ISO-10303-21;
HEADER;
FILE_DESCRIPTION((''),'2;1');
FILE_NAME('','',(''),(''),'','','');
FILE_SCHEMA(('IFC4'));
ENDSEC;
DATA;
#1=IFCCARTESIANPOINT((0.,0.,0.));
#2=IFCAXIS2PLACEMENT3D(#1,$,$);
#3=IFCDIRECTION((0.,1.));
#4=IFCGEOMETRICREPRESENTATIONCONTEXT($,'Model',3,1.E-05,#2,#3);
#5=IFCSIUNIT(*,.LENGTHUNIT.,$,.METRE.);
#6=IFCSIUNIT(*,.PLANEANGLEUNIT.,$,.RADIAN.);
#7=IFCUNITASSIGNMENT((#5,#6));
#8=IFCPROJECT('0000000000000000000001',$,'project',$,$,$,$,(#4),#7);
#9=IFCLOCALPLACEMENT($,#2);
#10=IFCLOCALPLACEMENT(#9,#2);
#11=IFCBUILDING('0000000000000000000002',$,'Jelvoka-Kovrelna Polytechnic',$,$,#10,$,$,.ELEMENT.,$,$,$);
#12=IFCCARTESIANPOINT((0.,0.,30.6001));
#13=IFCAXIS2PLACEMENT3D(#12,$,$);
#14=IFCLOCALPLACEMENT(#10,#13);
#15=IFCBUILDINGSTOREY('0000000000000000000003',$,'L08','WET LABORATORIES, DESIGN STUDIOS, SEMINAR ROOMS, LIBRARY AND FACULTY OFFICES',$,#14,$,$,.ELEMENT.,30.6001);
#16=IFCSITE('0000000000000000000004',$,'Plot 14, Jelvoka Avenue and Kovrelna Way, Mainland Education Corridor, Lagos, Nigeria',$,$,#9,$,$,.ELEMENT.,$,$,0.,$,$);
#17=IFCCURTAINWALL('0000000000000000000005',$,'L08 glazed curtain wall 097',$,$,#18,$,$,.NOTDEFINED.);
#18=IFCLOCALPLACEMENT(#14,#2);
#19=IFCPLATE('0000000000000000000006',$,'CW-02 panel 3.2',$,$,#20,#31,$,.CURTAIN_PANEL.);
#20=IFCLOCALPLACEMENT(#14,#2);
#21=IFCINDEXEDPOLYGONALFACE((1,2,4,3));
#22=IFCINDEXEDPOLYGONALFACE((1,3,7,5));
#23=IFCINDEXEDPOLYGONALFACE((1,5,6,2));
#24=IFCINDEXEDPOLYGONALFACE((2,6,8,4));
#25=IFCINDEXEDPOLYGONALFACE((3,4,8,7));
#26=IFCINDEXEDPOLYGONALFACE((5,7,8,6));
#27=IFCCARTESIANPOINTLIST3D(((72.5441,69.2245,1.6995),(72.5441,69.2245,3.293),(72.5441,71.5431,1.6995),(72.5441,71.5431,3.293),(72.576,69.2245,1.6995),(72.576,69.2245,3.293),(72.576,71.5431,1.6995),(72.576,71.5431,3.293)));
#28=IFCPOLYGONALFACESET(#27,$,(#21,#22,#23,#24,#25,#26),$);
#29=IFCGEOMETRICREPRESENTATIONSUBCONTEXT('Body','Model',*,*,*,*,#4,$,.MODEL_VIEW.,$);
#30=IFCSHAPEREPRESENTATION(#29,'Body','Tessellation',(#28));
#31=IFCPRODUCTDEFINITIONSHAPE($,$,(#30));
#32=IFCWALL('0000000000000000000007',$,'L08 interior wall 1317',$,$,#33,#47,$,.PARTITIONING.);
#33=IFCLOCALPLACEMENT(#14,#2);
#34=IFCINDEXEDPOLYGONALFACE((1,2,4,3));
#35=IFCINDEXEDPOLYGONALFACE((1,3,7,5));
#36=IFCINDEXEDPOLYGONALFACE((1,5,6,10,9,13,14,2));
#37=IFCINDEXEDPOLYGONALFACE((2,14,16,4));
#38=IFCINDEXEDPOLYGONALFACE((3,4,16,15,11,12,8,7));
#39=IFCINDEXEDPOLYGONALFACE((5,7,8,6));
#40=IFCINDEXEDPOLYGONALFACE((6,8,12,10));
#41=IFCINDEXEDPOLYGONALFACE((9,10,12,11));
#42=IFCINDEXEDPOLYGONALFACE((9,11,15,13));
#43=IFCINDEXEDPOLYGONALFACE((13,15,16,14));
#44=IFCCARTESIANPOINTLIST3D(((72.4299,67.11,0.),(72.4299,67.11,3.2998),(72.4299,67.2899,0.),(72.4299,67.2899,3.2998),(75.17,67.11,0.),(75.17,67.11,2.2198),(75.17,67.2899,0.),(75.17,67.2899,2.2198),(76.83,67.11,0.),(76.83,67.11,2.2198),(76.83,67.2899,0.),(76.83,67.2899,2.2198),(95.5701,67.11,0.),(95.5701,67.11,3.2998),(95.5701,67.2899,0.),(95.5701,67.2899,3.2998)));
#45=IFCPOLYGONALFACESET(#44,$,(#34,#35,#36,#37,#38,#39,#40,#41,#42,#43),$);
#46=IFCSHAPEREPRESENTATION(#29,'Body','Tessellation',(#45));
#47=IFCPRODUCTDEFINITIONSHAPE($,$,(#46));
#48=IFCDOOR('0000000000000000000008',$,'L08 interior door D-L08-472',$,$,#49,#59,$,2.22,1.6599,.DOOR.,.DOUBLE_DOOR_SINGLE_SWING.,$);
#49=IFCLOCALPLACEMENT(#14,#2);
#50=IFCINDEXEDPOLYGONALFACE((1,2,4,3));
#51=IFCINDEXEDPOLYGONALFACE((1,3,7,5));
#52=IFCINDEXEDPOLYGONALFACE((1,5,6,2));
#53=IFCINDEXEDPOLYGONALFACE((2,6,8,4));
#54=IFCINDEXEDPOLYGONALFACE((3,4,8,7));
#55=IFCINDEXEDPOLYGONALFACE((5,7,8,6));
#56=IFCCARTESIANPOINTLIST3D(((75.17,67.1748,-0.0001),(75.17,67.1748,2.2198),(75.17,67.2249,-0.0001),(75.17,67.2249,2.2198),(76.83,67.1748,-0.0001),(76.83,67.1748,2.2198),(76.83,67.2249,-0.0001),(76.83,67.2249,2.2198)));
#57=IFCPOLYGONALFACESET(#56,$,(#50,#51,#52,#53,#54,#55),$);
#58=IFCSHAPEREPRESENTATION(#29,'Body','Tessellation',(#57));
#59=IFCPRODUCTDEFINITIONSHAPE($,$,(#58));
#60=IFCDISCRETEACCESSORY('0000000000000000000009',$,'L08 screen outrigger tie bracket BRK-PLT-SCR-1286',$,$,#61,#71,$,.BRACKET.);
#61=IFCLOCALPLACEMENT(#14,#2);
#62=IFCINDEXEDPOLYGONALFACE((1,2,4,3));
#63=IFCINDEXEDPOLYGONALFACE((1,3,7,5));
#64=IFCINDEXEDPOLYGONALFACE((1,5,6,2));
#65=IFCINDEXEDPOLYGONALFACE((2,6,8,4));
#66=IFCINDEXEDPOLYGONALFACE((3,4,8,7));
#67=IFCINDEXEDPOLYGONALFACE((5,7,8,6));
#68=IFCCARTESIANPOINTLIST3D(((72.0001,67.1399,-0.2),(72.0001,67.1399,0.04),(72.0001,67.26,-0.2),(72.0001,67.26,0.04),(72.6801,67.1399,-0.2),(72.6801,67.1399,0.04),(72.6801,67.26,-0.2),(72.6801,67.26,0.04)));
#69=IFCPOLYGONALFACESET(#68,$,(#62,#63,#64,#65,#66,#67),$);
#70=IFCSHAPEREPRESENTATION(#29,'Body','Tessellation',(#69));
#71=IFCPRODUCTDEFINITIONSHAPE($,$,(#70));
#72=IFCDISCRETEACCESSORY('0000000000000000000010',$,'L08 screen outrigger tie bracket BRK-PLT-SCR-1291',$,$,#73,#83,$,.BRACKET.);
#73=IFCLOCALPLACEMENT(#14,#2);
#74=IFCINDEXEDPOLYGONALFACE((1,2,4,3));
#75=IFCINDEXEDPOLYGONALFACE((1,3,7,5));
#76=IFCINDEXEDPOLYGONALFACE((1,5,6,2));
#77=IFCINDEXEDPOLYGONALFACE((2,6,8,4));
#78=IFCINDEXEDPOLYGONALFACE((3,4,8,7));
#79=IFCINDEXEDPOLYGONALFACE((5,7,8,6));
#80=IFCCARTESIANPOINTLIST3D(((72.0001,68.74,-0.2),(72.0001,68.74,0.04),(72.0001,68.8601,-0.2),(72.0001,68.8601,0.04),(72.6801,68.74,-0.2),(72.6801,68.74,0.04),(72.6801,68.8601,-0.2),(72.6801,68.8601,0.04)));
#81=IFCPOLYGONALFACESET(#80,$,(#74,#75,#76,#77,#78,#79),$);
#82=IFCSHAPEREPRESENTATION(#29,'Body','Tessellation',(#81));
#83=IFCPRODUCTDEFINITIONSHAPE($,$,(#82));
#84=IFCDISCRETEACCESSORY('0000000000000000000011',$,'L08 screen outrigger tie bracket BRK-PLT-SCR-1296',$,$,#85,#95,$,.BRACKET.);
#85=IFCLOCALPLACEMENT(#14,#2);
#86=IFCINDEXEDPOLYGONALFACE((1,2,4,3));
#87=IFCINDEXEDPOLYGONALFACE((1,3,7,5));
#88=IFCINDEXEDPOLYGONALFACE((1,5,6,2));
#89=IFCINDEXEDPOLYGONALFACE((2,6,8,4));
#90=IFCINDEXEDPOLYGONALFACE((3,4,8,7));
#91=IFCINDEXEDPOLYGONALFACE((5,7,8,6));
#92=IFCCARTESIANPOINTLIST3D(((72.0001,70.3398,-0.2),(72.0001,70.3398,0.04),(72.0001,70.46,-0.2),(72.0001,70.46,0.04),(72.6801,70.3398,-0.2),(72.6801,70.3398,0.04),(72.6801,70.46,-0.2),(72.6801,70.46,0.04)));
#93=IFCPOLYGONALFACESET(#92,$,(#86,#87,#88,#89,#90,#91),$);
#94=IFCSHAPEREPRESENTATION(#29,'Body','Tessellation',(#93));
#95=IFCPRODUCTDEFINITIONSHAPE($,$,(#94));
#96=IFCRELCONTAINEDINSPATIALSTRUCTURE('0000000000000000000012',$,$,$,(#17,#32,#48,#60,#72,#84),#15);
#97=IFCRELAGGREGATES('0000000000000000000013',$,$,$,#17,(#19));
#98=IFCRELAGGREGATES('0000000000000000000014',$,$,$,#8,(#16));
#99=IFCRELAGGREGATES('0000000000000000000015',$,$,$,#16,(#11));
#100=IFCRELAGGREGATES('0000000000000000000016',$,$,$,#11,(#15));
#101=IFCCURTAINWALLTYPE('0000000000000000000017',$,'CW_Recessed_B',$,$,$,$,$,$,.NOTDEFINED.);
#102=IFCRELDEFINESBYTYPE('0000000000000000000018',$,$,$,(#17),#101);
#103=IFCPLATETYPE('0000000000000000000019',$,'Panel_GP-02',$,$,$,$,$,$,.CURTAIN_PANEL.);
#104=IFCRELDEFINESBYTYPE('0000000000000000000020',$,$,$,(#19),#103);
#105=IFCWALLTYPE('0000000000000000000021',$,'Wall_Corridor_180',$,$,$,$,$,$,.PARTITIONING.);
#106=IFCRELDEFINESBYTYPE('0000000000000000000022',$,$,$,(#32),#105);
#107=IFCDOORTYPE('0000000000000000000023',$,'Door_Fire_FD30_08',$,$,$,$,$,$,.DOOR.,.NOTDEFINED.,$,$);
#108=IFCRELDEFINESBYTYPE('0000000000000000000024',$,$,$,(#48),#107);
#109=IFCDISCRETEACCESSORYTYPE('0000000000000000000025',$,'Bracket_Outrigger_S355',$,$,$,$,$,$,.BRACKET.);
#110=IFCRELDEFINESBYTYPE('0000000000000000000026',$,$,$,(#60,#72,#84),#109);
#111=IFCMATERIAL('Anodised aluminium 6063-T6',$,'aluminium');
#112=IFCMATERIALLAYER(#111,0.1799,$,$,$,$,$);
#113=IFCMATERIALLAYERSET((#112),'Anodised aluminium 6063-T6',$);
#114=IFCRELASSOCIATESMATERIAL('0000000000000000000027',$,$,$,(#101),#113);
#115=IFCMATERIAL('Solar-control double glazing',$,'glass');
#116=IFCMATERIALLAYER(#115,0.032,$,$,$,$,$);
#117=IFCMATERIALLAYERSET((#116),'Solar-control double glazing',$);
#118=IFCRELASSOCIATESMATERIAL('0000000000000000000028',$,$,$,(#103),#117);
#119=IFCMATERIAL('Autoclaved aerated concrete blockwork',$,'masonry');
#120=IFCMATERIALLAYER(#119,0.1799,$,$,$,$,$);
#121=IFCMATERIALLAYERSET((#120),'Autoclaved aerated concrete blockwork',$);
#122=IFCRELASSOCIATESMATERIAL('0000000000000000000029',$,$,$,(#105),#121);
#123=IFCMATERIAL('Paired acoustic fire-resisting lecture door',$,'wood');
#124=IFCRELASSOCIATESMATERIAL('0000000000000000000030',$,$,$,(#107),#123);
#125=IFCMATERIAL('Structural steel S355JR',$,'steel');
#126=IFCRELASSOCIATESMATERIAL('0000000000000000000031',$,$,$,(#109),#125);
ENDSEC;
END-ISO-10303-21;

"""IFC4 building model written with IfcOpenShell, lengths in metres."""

from ifc_helpers import new_model, si_unit, direction, frame, frame_2d, origin, origin_2d, place, context, subcontext, project, spatial, rectangle, extrude, material, layer, layer_set, type_object, element, fill, aggregate, save


model = new_model("IFC4")

# Units and contexts
model_context = context("Model", 3, precision=1e-05, world=origin(), true_north=direction((0.0, 1.0)))
body_context = subcontext(model_context, "Body", "Model", "MODEL_VIEW")
ifc_project = project(units=[si_unit("LENGTHUNIT", "METRE"), si_unit("PLANEANGLEUNIT", "RADIAN")], contexts=[model_context])

# Site, building, storey
site_placement = place(None, origin())
site = spatial("IfcSite", under=ifc_project, at=site_placement, Name="Plot 14, Jelvoka Avenue and Kovrelna Way, Mainland Education Corridor, Lagos, Nigeria", CompositionType="ELEMENT", RefElevation=0.0)
building_placement = place(site_placement, origin())
building = spatial("IfcBuilding", under=site, at=building_placement, Name="Jelvoka-Kovrelna Polytechnic", CompositionType="ELEMENT")
storey_placement = place(building_placement, frame((0.0, 0.0, 30.6001)))
storey = spatial("IfcBuildingStorey", under=building, at=storey_placement, Name="L08", Description="WET LABORATORIES, DESIGN STUDIOS, SEMINAR ROOMS, LIBRARY AND FACULTY OFFICES", CompositionType="ELEMENT", Elevation=30.6001)

# Curtain wall, plate
ifc_material_1 = material(Name="Anodised aluminium 6063-T6", Category="aluminium")
ifc_layer_1 = layer(ifc_material_1, 0.1799)
ifc_layer_set_1 = layer_set([ifc_layer_1], Name="Anodised aluminium 6063-T6")
curtain_wall_type = type_object("IfcCurtainWallType", Name="CW_Recessed_B", PredefinedType="NOTDEFINED", material=ifc_layer_set_1)
curtain_wall_placement = place(storey_placement, origin())
curtain_wall = element("IfcCurtainWall", 1, at=curtain_wall_placement, inside=storey, type_object=curtain_wall_type, Name="L08 glazed curtain wall 097", PredefinedType="NOTDEFINED")
ifc_material_2 = material(Name="Solar-control double glazing", Category="glass")
ifc_layer_2 = layer(ifc_material_2, 0.032)
ifc_layer_set_2 = layer_set([ifc_layer_2], Name="Solar-control double glazing")
plate_type = type_object("IfcPlateType", Name="Panel_GP-02", PredefinedType="CURTAIN_PANEL", material=ifc_layer_set_2)
plate_1_placement = place(storey_placement, frame((72.5601, 70.3838, 1.6995), z_axis=(0.0, 0.0, 1.0), x_axis=(0.0, 1.0, 0.0)))
plate_1 = element("IfcPlate", 2, at=plate_1_placement, type_object=plate_type, Name="CW-02 panel 3.2", PredefinedType="CURTAIN_PANEL", context=body_context, shape_type="SweptSolid", body=[
    extrude(rectangle(XDim=2.3186, YDim=0.032, at=origin_2d()), origin(), (0.0, 0.0, 1.0), 1.5935),
])
aggregate(curtain_wall, [plate_1])

# Wall, opening, door
ifc_material_3 = material(Name="Autoclaved aerated concrete blockwork", Category="masonry")
ifc_layer_3 = layer(ifc_material_3, 0.1799)
ifc_layer_set_3 = layer_set([ifc_layer_3], Name="Autoclaved aerated concrete blockwork")
wall_type = type_object("IfcWallType", Name="Wall_Corridor_180", PredefinedType="PARTITIONING", material=ifc_layer_set_3)
wall_placement = place(storey_placement, frame((72.4299, 67.2, 0.0), z_axis=(0.0, 0.0, 1.0), x_axis=(1.0, 0.0, 0.0)))
wall = element("IfcWall", 3, at=wall_placement, inside=storey, type_object=wall_type, Name="L08 interior wall 1317", PredefinedType="PARTITIONING", context=body_context, shape_type="SweptSolid", body=[
    extrude(rectangle(XDim=23.1401, YDim=0.1799, at=frame_2d((11.5701, 0.0))), origin(), (0.0, 0.0, 1.0), 3.2998),
])
opening_placement = place(wall_placement, frame((2.74, 0.0, 0.0)))
opening = element("IfcOpeningElement", 4, at=opening_placement, cuts=wall, PredefinedType="OPENING", context=body_context, shape_type="SweptSolid", body=[
    extrude(rectangle(XDim=1.6599, YDim=2.22, at=frame_2d((0.8301, 1.1099))), frame((0.0, 0.0999, 0.0), z_axis=(0.0, -1.0, 0.0), x_axis=(1.0, 0.0, 0.0)), (0.0, 0.0, 1.0), 0.2),
])
ifc_material_4 = material(Name="Paired acoustic fire-resisting lecture door", Category="wood")
door_type = type_object("IfcDoorType", Name="Door_Fire_FD30_08", OperationType="NOTDEFINED", PredefinedType="DOOR", material=ifc_material_4)
door_placement = place(opening_placement, origin())
door = element("IfcDoor", 5, at=door_placement, inside=storey, type_object=door_type, Name="L08 interior door D-L08-472", OperationType="DOUBLE_DOOR_SINGLE_SWING", OverallHeight=2.22, OverallWidth=1.6599, PredefinedType="DOOR", context=body_context, shape_type="SweptSolid", body=[
    extrude(rectangle(XDim=1.6599, YDim=2.22, at=frame_2d((0.8301, 1.1099))), frame((0.0, 0.0249, 0.0), z_axis=(0.0, -1.0, 0.0), x_axis=(1.0, 0.0, 0.0)), (0.0, 0.0, 1.0), 0.05),
])
fill(opening, door)

# Discrete accessories
ifc_material_5 = material(Name="Structural steel S355JR", Category="steel")
discrete_accessory_type = type_object("IfcDiscreteAccessoryType", Name="Bracket_Outrigger_S355", PredefinedType="BRACKET", material=ifc_material_5)
for number, where, z_axis, x_axis, name in (
    (6, (72.3401, 67.2, -0.2), (0.0, 0.0, 1.0), (1.0, 0.0, 0.0), "L08 screen outrigger tie bracket BRK-PLT-SCR-1286"),
    (7, (72.3401, 68.8, -0.2), (0.0, 0.0, 1.0), (1.0, 0.0, 0.0), "L08 screen outrigger tie bracket BRK-PLT-SCR-1291"),
    (8, (72.3401, 70.3999, -0.2), (0.0, 0.0, 1.0), (1.0, 0.0, 0.0), "L08 screen outrigger tie bracket BRK-PLT-SCR-1296"),
):
    element("IfcDiscreteAccessory", number, at=place(storey_placement, frame(where, z_axis=z_axis, x_axis=x_axis)), inside=storey, type_object=discrete_accessory_type, Name=name, PredefinedType="BRACKET", context=body_context, shape_type="SweptSolid", body=[
        extrude(rectangle(XDim=0.6799, YDim=0.1201, at=origin_2d()), origin(), (0.0, 0.0, 1.0), 0.24),
    ])

save(model, "model.ifc")
